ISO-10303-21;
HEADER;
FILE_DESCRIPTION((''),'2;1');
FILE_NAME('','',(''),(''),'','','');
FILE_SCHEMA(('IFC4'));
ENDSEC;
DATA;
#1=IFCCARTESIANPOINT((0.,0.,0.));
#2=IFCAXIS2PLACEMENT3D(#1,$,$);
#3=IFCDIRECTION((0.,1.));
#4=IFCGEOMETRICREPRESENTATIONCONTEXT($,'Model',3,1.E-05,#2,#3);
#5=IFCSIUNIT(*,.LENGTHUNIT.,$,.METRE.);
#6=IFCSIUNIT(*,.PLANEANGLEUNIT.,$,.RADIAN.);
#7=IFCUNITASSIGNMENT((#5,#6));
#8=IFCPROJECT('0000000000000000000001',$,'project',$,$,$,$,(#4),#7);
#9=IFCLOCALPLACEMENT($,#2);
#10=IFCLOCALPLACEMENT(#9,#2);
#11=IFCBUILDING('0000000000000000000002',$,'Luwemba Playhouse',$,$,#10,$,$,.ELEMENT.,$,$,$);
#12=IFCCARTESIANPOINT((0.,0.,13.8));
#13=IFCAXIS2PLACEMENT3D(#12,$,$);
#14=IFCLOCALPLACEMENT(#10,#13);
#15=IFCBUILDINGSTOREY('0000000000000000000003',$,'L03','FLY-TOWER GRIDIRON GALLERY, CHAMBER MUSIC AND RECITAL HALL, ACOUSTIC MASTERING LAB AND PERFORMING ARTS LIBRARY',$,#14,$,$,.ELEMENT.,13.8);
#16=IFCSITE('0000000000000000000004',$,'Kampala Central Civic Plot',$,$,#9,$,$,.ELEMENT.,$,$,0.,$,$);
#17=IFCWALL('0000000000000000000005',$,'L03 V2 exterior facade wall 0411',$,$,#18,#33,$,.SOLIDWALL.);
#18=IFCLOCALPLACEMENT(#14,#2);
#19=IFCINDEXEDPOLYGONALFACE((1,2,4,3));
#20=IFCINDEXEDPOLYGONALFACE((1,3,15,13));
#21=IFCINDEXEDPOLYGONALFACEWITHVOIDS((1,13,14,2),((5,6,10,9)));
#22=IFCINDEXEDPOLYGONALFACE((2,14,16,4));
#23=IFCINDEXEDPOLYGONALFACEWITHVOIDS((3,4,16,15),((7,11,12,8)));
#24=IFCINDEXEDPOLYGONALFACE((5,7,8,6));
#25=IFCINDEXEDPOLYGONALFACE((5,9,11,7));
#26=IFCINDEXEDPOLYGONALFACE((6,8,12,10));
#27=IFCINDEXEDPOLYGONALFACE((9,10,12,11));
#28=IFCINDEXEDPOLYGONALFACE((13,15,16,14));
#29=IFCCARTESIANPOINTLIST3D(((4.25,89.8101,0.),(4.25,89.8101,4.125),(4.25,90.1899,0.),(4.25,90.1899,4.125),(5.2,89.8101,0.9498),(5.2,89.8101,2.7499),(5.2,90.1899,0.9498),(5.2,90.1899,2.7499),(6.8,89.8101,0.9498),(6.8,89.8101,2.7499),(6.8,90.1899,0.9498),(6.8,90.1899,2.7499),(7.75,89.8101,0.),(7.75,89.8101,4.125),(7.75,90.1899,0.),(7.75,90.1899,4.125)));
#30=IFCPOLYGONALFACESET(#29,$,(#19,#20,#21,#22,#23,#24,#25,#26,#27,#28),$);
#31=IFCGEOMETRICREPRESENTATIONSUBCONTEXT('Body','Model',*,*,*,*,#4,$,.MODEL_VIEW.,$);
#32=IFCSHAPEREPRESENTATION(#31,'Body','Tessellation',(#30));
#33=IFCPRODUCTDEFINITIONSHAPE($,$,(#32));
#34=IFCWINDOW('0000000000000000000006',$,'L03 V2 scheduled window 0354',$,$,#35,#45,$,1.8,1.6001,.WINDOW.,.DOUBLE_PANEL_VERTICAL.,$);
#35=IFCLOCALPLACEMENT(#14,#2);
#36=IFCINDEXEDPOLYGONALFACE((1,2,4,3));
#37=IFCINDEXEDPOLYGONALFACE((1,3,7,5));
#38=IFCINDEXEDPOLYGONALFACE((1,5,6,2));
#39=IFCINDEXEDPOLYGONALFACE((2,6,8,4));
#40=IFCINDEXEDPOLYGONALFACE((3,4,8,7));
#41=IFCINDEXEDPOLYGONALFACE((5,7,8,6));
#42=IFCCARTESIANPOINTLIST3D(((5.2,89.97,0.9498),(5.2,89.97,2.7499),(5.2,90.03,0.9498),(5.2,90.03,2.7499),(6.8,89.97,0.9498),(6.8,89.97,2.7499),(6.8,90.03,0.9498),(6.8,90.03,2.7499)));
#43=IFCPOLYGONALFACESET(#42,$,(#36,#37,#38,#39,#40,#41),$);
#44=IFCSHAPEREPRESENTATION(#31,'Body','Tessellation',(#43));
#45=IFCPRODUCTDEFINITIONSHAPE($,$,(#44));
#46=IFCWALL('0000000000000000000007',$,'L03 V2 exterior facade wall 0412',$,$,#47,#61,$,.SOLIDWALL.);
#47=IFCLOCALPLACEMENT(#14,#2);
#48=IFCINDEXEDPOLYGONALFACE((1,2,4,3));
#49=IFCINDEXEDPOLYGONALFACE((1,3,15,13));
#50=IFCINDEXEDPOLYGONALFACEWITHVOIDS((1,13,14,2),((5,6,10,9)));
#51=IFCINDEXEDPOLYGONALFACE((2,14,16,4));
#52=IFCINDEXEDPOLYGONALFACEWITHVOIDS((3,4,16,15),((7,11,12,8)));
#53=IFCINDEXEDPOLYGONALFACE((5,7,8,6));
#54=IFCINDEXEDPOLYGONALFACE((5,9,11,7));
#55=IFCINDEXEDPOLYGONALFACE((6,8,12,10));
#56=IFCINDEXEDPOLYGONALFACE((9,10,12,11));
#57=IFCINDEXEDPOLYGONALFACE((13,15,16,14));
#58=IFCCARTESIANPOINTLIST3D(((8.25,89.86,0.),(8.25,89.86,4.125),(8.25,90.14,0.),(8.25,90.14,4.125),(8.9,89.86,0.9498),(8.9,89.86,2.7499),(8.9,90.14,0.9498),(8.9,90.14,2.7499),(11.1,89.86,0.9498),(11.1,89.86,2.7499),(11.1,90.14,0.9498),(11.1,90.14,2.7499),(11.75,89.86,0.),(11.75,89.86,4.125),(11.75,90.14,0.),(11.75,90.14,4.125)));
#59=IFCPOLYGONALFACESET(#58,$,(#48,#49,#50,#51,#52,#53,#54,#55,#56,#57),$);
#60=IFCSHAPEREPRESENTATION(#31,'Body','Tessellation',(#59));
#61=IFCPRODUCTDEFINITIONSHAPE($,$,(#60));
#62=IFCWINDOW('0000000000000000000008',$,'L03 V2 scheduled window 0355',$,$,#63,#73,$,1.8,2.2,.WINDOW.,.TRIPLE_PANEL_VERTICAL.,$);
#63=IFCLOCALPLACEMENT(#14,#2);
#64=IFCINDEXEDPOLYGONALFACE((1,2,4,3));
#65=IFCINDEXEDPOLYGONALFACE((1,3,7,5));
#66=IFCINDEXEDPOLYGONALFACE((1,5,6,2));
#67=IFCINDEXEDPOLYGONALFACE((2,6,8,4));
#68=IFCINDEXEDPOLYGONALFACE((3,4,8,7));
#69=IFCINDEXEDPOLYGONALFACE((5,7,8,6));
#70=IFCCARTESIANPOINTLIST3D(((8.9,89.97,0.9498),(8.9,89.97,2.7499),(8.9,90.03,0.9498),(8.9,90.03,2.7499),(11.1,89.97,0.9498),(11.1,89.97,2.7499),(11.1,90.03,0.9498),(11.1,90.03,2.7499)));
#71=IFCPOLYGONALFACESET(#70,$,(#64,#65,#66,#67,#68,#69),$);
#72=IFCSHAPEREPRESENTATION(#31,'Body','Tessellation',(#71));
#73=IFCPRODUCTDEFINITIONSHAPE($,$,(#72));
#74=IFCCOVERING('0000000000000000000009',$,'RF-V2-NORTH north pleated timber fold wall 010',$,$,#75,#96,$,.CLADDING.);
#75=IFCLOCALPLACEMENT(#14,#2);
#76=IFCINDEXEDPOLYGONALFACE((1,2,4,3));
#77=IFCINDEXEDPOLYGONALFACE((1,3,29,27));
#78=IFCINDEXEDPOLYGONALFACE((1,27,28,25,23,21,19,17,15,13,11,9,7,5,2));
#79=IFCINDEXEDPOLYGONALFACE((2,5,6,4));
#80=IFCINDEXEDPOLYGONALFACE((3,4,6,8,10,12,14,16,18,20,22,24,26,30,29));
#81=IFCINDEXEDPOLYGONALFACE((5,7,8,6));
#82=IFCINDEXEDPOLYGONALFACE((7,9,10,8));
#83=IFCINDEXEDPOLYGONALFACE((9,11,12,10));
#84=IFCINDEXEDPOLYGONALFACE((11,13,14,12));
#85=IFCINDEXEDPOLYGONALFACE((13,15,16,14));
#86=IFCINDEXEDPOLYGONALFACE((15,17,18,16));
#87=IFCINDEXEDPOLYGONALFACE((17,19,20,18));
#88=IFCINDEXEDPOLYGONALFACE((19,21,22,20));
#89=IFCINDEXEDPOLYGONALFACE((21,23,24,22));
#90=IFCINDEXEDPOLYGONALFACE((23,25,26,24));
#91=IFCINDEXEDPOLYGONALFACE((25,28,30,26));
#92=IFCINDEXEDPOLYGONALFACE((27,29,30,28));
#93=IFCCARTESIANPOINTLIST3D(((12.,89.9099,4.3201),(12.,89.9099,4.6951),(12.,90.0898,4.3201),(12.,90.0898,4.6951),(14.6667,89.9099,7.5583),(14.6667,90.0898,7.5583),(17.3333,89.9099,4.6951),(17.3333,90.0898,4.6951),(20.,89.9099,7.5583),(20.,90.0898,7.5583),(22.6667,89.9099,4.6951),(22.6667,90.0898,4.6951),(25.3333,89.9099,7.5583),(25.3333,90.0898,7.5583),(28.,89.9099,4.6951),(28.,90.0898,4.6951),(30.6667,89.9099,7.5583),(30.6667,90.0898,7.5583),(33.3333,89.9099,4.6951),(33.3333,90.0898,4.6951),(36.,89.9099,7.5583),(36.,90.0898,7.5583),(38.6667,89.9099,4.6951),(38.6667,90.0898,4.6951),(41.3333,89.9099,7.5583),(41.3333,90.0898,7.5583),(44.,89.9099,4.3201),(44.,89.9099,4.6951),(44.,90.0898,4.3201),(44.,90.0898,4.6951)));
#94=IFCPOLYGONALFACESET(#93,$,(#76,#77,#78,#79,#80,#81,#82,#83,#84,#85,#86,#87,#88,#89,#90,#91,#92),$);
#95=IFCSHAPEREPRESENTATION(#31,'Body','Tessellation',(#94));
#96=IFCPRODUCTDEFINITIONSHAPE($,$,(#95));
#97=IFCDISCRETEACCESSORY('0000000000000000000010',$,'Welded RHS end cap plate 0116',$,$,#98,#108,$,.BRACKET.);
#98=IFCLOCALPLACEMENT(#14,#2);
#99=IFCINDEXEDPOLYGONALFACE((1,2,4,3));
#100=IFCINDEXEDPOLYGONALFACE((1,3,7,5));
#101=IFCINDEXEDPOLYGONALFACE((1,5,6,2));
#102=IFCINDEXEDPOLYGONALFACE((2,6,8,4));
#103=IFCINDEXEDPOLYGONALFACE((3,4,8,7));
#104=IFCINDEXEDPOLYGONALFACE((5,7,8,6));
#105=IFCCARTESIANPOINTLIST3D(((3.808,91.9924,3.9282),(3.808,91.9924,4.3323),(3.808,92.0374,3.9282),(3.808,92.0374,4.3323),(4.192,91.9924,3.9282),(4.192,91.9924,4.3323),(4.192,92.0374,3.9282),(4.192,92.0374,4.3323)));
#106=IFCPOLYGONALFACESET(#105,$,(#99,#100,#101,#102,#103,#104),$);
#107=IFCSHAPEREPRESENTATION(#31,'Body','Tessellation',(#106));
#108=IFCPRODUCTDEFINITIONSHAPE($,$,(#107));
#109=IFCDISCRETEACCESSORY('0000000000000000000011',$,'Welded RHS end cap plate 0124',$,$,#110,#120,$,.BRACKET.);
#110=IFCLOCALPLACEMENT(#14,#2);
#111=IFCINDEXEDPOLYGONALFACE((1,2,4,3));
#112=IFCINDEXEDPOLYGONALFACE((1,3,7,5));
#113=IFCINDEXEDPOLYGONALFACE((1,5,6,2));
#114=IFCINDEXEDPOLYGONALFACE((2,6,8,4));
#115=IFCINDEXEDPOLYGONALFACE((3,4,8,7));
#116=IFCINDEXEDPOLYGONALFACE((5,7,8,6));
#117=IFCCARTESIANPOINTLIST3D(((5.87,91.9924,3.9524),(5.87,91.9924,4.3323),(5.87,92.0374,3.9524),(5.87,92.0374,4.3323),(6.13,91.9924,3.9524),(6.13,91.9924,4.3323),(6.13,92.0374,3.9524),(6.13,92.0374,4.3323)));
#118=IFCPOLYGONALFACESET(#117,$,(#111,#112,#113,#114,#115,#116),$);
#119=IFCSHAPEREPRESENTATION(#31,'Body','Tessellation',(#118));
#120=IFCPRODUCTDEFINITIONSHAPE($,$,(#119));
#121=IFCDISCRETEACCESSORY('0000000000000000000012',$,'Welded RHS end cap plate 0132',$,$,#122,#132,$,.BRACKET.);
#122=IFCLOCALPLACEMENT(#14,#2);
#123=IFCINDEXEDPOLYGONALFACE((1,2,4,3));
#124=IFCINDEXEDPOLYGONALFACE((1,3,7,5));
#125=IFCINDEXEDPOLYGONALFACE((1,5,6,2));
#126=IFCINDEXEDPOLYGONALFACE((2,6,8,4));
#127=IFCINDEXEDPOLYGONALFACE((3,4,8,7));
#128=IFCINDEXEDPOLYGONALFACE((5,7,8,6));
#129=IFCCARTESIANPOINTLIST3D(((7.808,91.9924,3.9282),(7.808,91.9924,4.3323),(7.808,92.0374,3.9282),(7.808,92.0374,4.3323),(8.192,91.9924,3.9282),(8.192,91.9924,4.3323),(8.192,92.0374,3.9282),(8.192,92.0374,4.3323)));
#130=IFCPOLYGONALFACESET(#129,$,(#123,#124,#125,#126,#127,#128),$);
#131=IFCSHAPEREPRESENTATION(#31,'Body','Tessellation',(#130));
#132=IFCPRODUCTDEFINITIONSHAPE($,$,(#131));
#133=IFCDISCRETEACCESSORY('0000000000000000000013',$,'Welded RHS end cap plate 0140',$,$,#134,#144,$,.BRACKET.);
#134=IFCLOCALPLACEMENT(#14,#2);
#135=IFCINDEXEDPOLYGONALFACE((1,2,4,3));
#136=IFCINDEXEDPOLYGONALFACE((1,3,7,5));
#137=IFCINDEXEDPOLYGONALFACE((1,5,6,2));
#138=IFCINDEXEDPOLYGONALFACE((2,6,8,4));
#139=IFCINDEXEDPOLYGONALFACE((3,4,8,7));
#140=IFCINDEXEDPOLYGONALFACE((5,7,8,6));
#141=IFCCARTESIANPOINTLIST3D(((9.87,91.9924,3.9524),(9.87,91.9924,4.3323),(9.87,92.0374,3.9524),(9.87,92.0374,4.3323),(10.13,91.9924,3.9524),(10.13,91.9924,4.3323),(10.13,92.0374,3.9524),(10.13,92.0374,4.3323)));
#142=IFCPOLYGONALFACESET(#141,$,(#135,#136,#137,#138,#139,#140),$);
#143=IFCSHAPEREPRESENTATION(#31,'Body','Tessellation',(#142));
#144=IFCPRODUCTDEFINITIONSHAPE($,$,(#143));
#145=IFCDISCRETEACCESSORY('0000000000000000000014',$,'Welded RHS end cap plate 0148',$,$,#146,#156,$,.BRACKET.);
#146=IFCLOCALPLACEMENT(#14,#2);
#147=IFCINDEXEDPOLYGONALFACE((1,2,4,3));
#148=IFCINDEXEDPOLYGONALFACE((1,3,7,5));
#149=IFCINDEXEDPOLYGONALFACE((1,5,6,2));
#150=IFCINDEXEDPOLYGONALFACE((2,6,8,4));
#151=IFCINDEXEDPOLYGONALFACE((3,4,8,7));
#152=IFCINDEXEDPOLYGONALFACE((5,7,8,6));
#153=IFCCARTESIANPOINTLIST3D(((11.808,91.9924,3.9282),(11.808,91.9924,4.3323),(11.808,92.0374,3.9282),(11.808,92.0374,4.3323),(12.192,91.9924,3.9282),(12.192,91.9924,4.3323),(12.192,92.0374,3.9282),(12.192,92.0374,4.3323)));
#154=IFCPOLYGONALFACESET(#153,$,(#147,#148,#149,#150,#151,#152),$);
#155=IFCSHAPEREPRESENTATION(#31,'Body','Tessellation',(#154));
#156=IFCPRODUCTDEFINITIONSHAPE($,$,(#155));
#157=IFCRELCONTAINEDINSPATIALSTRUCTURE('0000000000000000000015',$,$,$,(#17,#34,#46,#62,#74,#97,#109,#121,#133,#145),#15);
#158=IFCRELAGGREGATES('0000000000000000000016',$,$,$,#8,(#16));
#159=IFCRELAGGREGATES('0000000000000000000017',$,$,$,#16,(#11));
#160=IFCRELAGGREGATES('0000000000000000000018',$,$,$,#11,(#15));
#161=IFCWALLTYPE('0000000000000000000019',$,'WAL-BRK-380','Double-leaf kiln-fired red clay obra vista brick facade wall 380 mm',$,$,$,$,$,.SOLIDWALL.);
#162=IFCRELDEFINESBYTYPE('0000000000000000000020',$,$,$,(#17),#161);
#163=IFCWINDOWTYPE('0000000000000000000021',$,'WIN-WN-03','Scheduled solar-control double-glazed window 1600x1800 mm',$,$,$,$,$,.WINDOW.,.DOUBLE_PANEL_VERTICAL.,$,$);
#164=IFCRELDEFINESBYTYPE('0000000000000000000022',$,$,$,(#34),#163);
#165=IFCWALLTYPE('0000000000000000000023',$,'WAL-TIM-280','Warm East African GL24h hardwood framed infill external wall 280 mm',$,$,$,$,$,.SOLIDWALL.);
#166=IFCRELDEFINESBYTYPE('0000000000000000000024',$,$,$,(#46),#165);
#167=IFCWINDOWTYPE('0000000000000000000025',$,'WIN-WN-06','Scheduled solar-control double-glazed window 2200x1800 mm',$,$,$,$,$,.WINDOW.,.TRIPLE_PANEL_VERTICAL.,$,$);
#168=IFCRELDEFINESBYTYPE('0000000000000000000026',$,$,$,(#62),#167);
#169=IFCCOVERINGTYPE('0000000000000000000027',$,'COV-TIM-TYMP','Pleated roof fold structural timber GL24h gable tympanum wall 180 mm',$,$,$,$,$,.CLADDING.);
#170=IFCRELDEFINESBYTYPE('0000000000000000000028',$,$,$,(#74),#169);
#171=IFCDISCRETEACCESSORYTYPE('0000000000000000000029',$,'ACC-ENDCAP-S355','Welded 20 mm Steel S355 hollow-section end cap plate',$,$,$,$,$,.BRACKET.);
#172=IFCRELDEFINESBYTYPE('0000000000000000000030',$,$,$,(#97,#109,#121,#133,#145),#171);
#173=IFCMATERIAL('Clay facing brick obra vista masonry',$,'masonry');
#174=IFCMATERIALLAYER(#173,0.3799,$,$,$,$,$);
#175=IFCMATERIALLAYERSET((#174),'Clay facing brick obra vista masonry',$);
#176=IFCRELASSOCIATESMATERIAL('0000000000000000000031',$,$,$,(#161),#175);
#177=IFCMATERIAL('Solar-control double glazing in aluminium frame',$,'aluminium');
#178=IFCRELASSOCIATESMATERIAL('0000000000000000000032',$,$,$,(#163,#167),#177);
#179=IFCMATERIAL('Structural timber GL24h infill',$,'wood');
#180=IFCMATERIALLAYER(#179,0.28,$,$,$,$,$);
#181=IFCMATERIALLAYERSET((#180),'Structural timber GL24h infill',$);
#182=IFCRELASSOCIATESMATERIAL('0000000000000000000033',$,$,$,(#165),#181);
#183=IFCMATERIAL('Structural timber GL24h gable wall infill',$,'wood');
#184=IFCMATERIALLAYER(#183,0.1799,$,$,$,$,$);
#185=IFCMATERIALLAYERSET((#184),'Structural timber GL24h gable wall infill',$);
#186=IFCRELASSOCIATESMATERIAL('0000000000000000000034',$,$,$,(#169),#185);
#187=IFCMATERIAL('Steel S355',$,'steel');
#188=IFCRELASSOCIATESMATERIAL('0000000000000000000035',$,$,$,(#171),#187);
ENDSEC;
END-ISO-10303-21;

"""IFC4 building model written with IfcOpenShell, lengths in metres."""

from ifc_helpers import new_model, si_unit, direction, frame, frame_2d, origin, origin_2d, place, context, subcontext, project, spatial, polyline, rectangle, outline, extrude, material, layer, layer_set, type_object, element, fill, save


model = new_model("IFC4")

# Units and contexts
model_context = context("Model", 3, precision=1e-05, world=origin(), true_north=direction((0.0, 1.0)))
body_context = subcontext(model_context, "Body", "Model", "MODEL_VIEW")
ifc_project = project(units=[si_unit("LENGTHUNIT", "METRE"), si_unit("PLANEANGLEUNIT", "RADIAN")], contexts=[model_context])

# Site, building, storey
site_placement = place(None, origin())
site = spatial("IfcSite", under=ifc_project, at=site_placement, Name="Kampala Central Civic Plot", CompositionType="ELEMENT", RefElevation=0.0)
building_placement = place(site_placement, origin())
building = spatial("IfcBuilding", under=site, at=building_placement, Name="Luwemba Playhouse", CompositionType="ELEMENT")
storey_placement = place(building_placement, frame((0.0, 0.0, 13.8)))
storey = spatial("IfcBuildingStorey", under=building, at=storey_placement, Name="L03", Description="FLY-TOWER GRIDIRON GALLERY, CHAMBER MUSIC AND RECITAL HALL, ACOUSTIC MASTERING LAB AND PERFORMING ARTS LIBRARY", CompositionType="ELEMENT", Elevation=13.8)

# Shared definitions
ifc_material_1 = material(Name="Steel S355", Category="steel")

# Walls, openings, windows
ifc_material_2 = material(Name="Clay facing brick obra vista masonry", Category="masonry")
ifc_layer_1 = layer(ifc_material_2, 0.3799)
ifc_layer_set_1 = layer_set([ifc_layer_1], Name="Clay facing brick obra vista masonry")
wall_type_1 = type_object("IfcWallType", Name="WAL-BRK-380", Description="Double-leaf kiln-fired red clay obra vista brick facade wall 380 mm", PredefinedType="SOLIDWALL", material=ifc_layer_set_1)
wall_1_placement = place(storey_placement, frame((4.25, 90.0, 0.0), z_axis=(0.0, 0.0, 1.0), x_axis=(1.0, 0.0, 0.0)))
wall_1 = element("IfcWall", 1, at=wall_1_placement, inside=storey, type_object=wall_type_1, Name="L03 V2 exterior facade wall 0411", PredefinedType="SOLIDWALL", context=body_context, shape_type="SweptSolid", body=[
    extrude(rectangle(XDim=3.5, YDim=0.3799, at=frame_2d((1.75, 0.0))), origin(), (0.0, 0.0, 1.0), 4.125),
])
opening_1_placement = place(wall_1_placement, frame((0.95, 0.0, 0.95)))
opening_1 = element("IfcOpeningElement", 2, at=opening_1_placement, cuts=wall_1, PredefinedType="OPENING", context=body_context, shape_type="SweptSolid", body=[
    extrude(rectangle(XDim=1.6001, YDim=1.8, at=frame_2d((0.8, 0.8999))), frame((0.0, 0.2, 0.0), z_axis=(0.0, -1.0, 0.0), x_axis=(1.0, 0.0, 0.0)), (0.0, 0.0, 1.0), 0.3999),
])
ifc_material_3 = material(Name="Solar-control double glazing in aluminium frame", Category="aluminium")
window_type_1 = type_object("IfcWindowType", Name="WIN-WN-03", Description="Scheduled solar-control double-glazed window 1600x1800 mm", PartitioningType="DOUBLE_PANEL_VERTICAL", PredefinedType="WINDOW", material=ifc_material_3)
window_1_placement = place(opening_1_placement, origin())
window_1 = element("IfcWindow", 3, at=window_1_placement, inside=storey, type_object=window_type_1, Name="L03 V2 scheduled window 0354", OverallHeight=1.8, OverallWidth=1.6001, PartitioningType="DOUBLE_PANEL_VERTICAL", PredefinedType="WINDOW", context=body_context, shape_type="SweptSolid", body=[
    extrude(rectangle(XDim=1.6001, YDim=1.8, at=frame_2d((0.8, 0.8999))), frame((0.0, 0.03, 0.0), z_axis=(0.0, -1.0, 0.0), x_axis=(1.0, 0.0, 0.0)), (0.0, 0.0, 1.0), 0.0601),
])
fill(opening_1, window_1)
ifc_material_4 = material(Name="Structural timber GL24h infill", Category="wood")
ifc_layer_2 = layer(ifc_material_4, 0.28)
ifc_layer_set_2 = layer_set([ifc_layer_2], Name="Structural timber GL24h infill")
wall_type_2 = type_object("IfcWallType", Name="WAL-TIM-280", Description="Warm East African GL24h hardwood framed infill external wall 280 mm", PredefinedType="SOLIDWALL", material=ifc_layer_set_2)
wall_2_placement = place(storey_placement, frame((8.25, 90.0, 0.0), z_axis=(0.0, 0.0, 1.0), x_axis=(1.0, 0.0, 0.0)))
wall_2 = element("IfcWall", 4, at=wall_2_placement, inside=storey, type_object=wall_type_2, Name="L03 V2 exterior facade wall 0412", PredefinedType="SOLIDWALL", context=body_context, shape_type="SweptSolid", body=[
    extrude(rectangle(XDim=3.5, YDim=0.28, at=frame_2d((1.75, 0.0))), origin(), (0.0, 0.0, 1.0), 4.125),
])
opening_2_placement = place(wall_2_placement, frame((0.6499, 0.0, 0.95)))
opening_2 = element("IfcOpeningElement", 5, at=opening_2_placement, cuts=wall_2, PredefinedType="OPENING", context=body_context, shape_type="SweptSolid", body=[
    extrude(rectangle(XDim=2.2, YDim=1.8, at=frame_2d((1.1001, 0.8999))), frame((0.0, 0.1499, 0.0), z_axis=(0.0, -1.0, 0.0), x_axis=(1.0, 0.0, 0.0)), (0.0, 0.0, 1.0), 0.3),
])
window_type_2 = type_object("IfcWindowType", Name="WIN-WN-06", Description="Scheduled solar-control double-glazed window 2200x1800 mm", PartitioningType="TRIPLE_PANEL_VERTICAL", PredefinedType="WINDOW", material=ifc_material_3)
window_2_placement = place(opening_2_placement, origin())
window_2 = element("IfcWindow", 6, at=window_2_placement, inside=storey, type_object=window_type_2, Name="L03 V2 scheduled window 0355", OverallHeight=1.8, OverallWidth=2.2, PartitioningType="TRIPLE_PANEL_VERTICAL", PredefinedType="WINDOW", context=body_context, shape_type="SweptSolid", body=[
    extrude(rectangle(XDim=2.2, YDim=1.8, at=frame_2d((1.1001, 0.8999))), frame((0.0, 0.03, 0.0), z_axis=(0.0, -1.0, 0.0), x_axis=(1.0, 0.0, 0.0)), (0.0, 0.0, 1.0), 0.0601),
])
fill(opening_2, window_2)

# Covering
ifc_material_5 = material(Name="Structural timber GL24h gable wall infill", Category="wood")
ifc_layer_3 = layer(ifc_material_5, 0.1799)
ifc_layer_set_3 = layer_set([ifc_layer_3], Name="Structural timber GL24h gable wall infill")
covering_type = type_object("IfcCoveringType", Name="COV-TIM-TYMP", Description="Pleated roof fold structural timber GL24h gable tympanum wall 180 mm", PredefinedType="CLADDING", material=ifc_layer_set_3)
covering_placement = place(storey_placement, frame((12.0, 90.0, 4.3201), z_axis=(0.0, 0.0, 1.0), x_axis=(1.0, 0.0, 0.0)))
element("IfcCovering", 7, at=covering_placement, inside=storey, type_object=covering_type, Name="RF-V2-NORTH north pleated timber fold wall 010", PredefinedType="CLADDING", context=body_context, shape_type="SweptSolid", body=[
    extrude(outline(polyline([(0.0, 0.0), (32.0, 0.0), (32.0, 0.375), (29.3333, 3.2383), (26.6667, 0.375), (24.0, 3.2383), (21.3333, 0.375), (18.6667, 3.2383), (16.0, 0.375), (13.3333, 3.2383), (10.6667, 0.375), (8.0, 3.2383), (5.3333, 0.375), (2.6667, 3.2383), (0.0, 0.375), (0.0, 0.0)])), frame((0.0, 0.0898, 0.0), z_axis=(0.0, -1.0, 0.0), x_axis=(1.0, 0.0, 0.0)), (0.0, 0.0, 1.0), 0.1799),
])

# Discrete accessories
discrete_accessory_type = type_object("IfcDiscreteAccessoryType", Name="ACC-ENDCAP-S355", Description="Welded 20 mm Steel S355 hollow-section end cap plate", PredefinedType="BRACKET", material=ifc_material_1)
discrete_accessory_1_placement = place(storey_placement, frame((4.0, 92.0149, 3.9282), z_axis=(0.0, 0.0, 1.0), x_axis=(1.0, 0.0, 0.0)))
element("IfcDiscreteAccessory", 8, at=discrete_accessory_1_placement, inside=storey, type_object=discrete_accessory_type, Name="Welded RHS end cap plate 0116", PredefinedType="BRACKET", context=body_context, shape_type="SweptSolid", body=[
    extrude(rectangle(XDim=0.384, YDim=0.0449, at=origin_2d()), origin(), (0.0, 0.0, 1.0), 0.4041),
])
discrete_accessory_2_placement = place(storey_placement, frame((6.0, 92.0149, 3.9524), z_axis=(0.0, 0.0, 1.0), x_axis=(1.0, 0.0, 0.0)))
element("IfcDiscreteAccessory", 9, at=discrete_accessory_2_placement, inside=storey, type_object=discrete_accessory_type, Name="Welded RHS end cap plate 0124", PredefinedType="BRACKET", context=body_context, shape_type="SweptSolid", body=[
    extrude(rectangle(XDim=0.26, YDim=0.0449, at=origin_2d()), origin(), (0.0, 0.0, 1.0), 0.3799),
])
discrete_accessory_3_placement = place(storey_placement, frame((8.0, 92.0149, 3.9282), z_axis=(0.0, 0.0, 1.0), x_axis=(1.0, 0.0, 0.0)))
element("IfcDiscreteAccessory", 10, at=discrete_accessory_3_placement, inside=storey, type_object=discrete_accessory_type, Name="Welded RHS end cap plate 0132", PredefinedType="BRACKET", context=body_context, shape_type="SweptSolid", body=[
    extrude(rectangle(XDim=0.384, YDim=0.0449, at=origin_2d()), origin(), (0.0, 0.0, 1.0), 0.4041),
])
discrete_accessory_4_placement = place(storey_placement, frame((10.0, 92.0149, 3.9524), z_axis=(0.0, 0.0, 1.0), x_axis=(1.0, 0.0, 0.0)))
element("IfcDiscreteAccessory", 11, at=discrete_accessory_4_placement, inside=storey, type_object=discrete_accessory_type, Name="Welded RHS end cap plate 0140", PredefinedType="BRACKET", context=body_context, shape_type="SweptSolid", body=[
    extrude(rectangle(XDim=0.26, YDim=0.0449, at=origin_2d()), origin(), (0.0, 0.0, 1.0), 0.3799),
])
discrete_accessory_5_placement = place(storey_placement, frame((12.0, 92.0149, 3.9282), z_axis=(0.0, 0.0, 1.0), x_axis=(1.0, 0.0, 0.0)))
element("IfcDiscreteAccessory", 12, at=discrete_accessory_5_placement, inside=storey, type_object=discrete_accessory_type, Name="Welded RHS end cap plate 0148", PredefinedType="BRACKET", context=body_context, shape_type="SweptSolid", body=[
    extrude(rectangle(XDim=0.384, YDim=0.0449, at=origin_2d()), origin(), (0.0, 0.0, 1.0), 0.4041),
])

save(model, "model.ifc")
